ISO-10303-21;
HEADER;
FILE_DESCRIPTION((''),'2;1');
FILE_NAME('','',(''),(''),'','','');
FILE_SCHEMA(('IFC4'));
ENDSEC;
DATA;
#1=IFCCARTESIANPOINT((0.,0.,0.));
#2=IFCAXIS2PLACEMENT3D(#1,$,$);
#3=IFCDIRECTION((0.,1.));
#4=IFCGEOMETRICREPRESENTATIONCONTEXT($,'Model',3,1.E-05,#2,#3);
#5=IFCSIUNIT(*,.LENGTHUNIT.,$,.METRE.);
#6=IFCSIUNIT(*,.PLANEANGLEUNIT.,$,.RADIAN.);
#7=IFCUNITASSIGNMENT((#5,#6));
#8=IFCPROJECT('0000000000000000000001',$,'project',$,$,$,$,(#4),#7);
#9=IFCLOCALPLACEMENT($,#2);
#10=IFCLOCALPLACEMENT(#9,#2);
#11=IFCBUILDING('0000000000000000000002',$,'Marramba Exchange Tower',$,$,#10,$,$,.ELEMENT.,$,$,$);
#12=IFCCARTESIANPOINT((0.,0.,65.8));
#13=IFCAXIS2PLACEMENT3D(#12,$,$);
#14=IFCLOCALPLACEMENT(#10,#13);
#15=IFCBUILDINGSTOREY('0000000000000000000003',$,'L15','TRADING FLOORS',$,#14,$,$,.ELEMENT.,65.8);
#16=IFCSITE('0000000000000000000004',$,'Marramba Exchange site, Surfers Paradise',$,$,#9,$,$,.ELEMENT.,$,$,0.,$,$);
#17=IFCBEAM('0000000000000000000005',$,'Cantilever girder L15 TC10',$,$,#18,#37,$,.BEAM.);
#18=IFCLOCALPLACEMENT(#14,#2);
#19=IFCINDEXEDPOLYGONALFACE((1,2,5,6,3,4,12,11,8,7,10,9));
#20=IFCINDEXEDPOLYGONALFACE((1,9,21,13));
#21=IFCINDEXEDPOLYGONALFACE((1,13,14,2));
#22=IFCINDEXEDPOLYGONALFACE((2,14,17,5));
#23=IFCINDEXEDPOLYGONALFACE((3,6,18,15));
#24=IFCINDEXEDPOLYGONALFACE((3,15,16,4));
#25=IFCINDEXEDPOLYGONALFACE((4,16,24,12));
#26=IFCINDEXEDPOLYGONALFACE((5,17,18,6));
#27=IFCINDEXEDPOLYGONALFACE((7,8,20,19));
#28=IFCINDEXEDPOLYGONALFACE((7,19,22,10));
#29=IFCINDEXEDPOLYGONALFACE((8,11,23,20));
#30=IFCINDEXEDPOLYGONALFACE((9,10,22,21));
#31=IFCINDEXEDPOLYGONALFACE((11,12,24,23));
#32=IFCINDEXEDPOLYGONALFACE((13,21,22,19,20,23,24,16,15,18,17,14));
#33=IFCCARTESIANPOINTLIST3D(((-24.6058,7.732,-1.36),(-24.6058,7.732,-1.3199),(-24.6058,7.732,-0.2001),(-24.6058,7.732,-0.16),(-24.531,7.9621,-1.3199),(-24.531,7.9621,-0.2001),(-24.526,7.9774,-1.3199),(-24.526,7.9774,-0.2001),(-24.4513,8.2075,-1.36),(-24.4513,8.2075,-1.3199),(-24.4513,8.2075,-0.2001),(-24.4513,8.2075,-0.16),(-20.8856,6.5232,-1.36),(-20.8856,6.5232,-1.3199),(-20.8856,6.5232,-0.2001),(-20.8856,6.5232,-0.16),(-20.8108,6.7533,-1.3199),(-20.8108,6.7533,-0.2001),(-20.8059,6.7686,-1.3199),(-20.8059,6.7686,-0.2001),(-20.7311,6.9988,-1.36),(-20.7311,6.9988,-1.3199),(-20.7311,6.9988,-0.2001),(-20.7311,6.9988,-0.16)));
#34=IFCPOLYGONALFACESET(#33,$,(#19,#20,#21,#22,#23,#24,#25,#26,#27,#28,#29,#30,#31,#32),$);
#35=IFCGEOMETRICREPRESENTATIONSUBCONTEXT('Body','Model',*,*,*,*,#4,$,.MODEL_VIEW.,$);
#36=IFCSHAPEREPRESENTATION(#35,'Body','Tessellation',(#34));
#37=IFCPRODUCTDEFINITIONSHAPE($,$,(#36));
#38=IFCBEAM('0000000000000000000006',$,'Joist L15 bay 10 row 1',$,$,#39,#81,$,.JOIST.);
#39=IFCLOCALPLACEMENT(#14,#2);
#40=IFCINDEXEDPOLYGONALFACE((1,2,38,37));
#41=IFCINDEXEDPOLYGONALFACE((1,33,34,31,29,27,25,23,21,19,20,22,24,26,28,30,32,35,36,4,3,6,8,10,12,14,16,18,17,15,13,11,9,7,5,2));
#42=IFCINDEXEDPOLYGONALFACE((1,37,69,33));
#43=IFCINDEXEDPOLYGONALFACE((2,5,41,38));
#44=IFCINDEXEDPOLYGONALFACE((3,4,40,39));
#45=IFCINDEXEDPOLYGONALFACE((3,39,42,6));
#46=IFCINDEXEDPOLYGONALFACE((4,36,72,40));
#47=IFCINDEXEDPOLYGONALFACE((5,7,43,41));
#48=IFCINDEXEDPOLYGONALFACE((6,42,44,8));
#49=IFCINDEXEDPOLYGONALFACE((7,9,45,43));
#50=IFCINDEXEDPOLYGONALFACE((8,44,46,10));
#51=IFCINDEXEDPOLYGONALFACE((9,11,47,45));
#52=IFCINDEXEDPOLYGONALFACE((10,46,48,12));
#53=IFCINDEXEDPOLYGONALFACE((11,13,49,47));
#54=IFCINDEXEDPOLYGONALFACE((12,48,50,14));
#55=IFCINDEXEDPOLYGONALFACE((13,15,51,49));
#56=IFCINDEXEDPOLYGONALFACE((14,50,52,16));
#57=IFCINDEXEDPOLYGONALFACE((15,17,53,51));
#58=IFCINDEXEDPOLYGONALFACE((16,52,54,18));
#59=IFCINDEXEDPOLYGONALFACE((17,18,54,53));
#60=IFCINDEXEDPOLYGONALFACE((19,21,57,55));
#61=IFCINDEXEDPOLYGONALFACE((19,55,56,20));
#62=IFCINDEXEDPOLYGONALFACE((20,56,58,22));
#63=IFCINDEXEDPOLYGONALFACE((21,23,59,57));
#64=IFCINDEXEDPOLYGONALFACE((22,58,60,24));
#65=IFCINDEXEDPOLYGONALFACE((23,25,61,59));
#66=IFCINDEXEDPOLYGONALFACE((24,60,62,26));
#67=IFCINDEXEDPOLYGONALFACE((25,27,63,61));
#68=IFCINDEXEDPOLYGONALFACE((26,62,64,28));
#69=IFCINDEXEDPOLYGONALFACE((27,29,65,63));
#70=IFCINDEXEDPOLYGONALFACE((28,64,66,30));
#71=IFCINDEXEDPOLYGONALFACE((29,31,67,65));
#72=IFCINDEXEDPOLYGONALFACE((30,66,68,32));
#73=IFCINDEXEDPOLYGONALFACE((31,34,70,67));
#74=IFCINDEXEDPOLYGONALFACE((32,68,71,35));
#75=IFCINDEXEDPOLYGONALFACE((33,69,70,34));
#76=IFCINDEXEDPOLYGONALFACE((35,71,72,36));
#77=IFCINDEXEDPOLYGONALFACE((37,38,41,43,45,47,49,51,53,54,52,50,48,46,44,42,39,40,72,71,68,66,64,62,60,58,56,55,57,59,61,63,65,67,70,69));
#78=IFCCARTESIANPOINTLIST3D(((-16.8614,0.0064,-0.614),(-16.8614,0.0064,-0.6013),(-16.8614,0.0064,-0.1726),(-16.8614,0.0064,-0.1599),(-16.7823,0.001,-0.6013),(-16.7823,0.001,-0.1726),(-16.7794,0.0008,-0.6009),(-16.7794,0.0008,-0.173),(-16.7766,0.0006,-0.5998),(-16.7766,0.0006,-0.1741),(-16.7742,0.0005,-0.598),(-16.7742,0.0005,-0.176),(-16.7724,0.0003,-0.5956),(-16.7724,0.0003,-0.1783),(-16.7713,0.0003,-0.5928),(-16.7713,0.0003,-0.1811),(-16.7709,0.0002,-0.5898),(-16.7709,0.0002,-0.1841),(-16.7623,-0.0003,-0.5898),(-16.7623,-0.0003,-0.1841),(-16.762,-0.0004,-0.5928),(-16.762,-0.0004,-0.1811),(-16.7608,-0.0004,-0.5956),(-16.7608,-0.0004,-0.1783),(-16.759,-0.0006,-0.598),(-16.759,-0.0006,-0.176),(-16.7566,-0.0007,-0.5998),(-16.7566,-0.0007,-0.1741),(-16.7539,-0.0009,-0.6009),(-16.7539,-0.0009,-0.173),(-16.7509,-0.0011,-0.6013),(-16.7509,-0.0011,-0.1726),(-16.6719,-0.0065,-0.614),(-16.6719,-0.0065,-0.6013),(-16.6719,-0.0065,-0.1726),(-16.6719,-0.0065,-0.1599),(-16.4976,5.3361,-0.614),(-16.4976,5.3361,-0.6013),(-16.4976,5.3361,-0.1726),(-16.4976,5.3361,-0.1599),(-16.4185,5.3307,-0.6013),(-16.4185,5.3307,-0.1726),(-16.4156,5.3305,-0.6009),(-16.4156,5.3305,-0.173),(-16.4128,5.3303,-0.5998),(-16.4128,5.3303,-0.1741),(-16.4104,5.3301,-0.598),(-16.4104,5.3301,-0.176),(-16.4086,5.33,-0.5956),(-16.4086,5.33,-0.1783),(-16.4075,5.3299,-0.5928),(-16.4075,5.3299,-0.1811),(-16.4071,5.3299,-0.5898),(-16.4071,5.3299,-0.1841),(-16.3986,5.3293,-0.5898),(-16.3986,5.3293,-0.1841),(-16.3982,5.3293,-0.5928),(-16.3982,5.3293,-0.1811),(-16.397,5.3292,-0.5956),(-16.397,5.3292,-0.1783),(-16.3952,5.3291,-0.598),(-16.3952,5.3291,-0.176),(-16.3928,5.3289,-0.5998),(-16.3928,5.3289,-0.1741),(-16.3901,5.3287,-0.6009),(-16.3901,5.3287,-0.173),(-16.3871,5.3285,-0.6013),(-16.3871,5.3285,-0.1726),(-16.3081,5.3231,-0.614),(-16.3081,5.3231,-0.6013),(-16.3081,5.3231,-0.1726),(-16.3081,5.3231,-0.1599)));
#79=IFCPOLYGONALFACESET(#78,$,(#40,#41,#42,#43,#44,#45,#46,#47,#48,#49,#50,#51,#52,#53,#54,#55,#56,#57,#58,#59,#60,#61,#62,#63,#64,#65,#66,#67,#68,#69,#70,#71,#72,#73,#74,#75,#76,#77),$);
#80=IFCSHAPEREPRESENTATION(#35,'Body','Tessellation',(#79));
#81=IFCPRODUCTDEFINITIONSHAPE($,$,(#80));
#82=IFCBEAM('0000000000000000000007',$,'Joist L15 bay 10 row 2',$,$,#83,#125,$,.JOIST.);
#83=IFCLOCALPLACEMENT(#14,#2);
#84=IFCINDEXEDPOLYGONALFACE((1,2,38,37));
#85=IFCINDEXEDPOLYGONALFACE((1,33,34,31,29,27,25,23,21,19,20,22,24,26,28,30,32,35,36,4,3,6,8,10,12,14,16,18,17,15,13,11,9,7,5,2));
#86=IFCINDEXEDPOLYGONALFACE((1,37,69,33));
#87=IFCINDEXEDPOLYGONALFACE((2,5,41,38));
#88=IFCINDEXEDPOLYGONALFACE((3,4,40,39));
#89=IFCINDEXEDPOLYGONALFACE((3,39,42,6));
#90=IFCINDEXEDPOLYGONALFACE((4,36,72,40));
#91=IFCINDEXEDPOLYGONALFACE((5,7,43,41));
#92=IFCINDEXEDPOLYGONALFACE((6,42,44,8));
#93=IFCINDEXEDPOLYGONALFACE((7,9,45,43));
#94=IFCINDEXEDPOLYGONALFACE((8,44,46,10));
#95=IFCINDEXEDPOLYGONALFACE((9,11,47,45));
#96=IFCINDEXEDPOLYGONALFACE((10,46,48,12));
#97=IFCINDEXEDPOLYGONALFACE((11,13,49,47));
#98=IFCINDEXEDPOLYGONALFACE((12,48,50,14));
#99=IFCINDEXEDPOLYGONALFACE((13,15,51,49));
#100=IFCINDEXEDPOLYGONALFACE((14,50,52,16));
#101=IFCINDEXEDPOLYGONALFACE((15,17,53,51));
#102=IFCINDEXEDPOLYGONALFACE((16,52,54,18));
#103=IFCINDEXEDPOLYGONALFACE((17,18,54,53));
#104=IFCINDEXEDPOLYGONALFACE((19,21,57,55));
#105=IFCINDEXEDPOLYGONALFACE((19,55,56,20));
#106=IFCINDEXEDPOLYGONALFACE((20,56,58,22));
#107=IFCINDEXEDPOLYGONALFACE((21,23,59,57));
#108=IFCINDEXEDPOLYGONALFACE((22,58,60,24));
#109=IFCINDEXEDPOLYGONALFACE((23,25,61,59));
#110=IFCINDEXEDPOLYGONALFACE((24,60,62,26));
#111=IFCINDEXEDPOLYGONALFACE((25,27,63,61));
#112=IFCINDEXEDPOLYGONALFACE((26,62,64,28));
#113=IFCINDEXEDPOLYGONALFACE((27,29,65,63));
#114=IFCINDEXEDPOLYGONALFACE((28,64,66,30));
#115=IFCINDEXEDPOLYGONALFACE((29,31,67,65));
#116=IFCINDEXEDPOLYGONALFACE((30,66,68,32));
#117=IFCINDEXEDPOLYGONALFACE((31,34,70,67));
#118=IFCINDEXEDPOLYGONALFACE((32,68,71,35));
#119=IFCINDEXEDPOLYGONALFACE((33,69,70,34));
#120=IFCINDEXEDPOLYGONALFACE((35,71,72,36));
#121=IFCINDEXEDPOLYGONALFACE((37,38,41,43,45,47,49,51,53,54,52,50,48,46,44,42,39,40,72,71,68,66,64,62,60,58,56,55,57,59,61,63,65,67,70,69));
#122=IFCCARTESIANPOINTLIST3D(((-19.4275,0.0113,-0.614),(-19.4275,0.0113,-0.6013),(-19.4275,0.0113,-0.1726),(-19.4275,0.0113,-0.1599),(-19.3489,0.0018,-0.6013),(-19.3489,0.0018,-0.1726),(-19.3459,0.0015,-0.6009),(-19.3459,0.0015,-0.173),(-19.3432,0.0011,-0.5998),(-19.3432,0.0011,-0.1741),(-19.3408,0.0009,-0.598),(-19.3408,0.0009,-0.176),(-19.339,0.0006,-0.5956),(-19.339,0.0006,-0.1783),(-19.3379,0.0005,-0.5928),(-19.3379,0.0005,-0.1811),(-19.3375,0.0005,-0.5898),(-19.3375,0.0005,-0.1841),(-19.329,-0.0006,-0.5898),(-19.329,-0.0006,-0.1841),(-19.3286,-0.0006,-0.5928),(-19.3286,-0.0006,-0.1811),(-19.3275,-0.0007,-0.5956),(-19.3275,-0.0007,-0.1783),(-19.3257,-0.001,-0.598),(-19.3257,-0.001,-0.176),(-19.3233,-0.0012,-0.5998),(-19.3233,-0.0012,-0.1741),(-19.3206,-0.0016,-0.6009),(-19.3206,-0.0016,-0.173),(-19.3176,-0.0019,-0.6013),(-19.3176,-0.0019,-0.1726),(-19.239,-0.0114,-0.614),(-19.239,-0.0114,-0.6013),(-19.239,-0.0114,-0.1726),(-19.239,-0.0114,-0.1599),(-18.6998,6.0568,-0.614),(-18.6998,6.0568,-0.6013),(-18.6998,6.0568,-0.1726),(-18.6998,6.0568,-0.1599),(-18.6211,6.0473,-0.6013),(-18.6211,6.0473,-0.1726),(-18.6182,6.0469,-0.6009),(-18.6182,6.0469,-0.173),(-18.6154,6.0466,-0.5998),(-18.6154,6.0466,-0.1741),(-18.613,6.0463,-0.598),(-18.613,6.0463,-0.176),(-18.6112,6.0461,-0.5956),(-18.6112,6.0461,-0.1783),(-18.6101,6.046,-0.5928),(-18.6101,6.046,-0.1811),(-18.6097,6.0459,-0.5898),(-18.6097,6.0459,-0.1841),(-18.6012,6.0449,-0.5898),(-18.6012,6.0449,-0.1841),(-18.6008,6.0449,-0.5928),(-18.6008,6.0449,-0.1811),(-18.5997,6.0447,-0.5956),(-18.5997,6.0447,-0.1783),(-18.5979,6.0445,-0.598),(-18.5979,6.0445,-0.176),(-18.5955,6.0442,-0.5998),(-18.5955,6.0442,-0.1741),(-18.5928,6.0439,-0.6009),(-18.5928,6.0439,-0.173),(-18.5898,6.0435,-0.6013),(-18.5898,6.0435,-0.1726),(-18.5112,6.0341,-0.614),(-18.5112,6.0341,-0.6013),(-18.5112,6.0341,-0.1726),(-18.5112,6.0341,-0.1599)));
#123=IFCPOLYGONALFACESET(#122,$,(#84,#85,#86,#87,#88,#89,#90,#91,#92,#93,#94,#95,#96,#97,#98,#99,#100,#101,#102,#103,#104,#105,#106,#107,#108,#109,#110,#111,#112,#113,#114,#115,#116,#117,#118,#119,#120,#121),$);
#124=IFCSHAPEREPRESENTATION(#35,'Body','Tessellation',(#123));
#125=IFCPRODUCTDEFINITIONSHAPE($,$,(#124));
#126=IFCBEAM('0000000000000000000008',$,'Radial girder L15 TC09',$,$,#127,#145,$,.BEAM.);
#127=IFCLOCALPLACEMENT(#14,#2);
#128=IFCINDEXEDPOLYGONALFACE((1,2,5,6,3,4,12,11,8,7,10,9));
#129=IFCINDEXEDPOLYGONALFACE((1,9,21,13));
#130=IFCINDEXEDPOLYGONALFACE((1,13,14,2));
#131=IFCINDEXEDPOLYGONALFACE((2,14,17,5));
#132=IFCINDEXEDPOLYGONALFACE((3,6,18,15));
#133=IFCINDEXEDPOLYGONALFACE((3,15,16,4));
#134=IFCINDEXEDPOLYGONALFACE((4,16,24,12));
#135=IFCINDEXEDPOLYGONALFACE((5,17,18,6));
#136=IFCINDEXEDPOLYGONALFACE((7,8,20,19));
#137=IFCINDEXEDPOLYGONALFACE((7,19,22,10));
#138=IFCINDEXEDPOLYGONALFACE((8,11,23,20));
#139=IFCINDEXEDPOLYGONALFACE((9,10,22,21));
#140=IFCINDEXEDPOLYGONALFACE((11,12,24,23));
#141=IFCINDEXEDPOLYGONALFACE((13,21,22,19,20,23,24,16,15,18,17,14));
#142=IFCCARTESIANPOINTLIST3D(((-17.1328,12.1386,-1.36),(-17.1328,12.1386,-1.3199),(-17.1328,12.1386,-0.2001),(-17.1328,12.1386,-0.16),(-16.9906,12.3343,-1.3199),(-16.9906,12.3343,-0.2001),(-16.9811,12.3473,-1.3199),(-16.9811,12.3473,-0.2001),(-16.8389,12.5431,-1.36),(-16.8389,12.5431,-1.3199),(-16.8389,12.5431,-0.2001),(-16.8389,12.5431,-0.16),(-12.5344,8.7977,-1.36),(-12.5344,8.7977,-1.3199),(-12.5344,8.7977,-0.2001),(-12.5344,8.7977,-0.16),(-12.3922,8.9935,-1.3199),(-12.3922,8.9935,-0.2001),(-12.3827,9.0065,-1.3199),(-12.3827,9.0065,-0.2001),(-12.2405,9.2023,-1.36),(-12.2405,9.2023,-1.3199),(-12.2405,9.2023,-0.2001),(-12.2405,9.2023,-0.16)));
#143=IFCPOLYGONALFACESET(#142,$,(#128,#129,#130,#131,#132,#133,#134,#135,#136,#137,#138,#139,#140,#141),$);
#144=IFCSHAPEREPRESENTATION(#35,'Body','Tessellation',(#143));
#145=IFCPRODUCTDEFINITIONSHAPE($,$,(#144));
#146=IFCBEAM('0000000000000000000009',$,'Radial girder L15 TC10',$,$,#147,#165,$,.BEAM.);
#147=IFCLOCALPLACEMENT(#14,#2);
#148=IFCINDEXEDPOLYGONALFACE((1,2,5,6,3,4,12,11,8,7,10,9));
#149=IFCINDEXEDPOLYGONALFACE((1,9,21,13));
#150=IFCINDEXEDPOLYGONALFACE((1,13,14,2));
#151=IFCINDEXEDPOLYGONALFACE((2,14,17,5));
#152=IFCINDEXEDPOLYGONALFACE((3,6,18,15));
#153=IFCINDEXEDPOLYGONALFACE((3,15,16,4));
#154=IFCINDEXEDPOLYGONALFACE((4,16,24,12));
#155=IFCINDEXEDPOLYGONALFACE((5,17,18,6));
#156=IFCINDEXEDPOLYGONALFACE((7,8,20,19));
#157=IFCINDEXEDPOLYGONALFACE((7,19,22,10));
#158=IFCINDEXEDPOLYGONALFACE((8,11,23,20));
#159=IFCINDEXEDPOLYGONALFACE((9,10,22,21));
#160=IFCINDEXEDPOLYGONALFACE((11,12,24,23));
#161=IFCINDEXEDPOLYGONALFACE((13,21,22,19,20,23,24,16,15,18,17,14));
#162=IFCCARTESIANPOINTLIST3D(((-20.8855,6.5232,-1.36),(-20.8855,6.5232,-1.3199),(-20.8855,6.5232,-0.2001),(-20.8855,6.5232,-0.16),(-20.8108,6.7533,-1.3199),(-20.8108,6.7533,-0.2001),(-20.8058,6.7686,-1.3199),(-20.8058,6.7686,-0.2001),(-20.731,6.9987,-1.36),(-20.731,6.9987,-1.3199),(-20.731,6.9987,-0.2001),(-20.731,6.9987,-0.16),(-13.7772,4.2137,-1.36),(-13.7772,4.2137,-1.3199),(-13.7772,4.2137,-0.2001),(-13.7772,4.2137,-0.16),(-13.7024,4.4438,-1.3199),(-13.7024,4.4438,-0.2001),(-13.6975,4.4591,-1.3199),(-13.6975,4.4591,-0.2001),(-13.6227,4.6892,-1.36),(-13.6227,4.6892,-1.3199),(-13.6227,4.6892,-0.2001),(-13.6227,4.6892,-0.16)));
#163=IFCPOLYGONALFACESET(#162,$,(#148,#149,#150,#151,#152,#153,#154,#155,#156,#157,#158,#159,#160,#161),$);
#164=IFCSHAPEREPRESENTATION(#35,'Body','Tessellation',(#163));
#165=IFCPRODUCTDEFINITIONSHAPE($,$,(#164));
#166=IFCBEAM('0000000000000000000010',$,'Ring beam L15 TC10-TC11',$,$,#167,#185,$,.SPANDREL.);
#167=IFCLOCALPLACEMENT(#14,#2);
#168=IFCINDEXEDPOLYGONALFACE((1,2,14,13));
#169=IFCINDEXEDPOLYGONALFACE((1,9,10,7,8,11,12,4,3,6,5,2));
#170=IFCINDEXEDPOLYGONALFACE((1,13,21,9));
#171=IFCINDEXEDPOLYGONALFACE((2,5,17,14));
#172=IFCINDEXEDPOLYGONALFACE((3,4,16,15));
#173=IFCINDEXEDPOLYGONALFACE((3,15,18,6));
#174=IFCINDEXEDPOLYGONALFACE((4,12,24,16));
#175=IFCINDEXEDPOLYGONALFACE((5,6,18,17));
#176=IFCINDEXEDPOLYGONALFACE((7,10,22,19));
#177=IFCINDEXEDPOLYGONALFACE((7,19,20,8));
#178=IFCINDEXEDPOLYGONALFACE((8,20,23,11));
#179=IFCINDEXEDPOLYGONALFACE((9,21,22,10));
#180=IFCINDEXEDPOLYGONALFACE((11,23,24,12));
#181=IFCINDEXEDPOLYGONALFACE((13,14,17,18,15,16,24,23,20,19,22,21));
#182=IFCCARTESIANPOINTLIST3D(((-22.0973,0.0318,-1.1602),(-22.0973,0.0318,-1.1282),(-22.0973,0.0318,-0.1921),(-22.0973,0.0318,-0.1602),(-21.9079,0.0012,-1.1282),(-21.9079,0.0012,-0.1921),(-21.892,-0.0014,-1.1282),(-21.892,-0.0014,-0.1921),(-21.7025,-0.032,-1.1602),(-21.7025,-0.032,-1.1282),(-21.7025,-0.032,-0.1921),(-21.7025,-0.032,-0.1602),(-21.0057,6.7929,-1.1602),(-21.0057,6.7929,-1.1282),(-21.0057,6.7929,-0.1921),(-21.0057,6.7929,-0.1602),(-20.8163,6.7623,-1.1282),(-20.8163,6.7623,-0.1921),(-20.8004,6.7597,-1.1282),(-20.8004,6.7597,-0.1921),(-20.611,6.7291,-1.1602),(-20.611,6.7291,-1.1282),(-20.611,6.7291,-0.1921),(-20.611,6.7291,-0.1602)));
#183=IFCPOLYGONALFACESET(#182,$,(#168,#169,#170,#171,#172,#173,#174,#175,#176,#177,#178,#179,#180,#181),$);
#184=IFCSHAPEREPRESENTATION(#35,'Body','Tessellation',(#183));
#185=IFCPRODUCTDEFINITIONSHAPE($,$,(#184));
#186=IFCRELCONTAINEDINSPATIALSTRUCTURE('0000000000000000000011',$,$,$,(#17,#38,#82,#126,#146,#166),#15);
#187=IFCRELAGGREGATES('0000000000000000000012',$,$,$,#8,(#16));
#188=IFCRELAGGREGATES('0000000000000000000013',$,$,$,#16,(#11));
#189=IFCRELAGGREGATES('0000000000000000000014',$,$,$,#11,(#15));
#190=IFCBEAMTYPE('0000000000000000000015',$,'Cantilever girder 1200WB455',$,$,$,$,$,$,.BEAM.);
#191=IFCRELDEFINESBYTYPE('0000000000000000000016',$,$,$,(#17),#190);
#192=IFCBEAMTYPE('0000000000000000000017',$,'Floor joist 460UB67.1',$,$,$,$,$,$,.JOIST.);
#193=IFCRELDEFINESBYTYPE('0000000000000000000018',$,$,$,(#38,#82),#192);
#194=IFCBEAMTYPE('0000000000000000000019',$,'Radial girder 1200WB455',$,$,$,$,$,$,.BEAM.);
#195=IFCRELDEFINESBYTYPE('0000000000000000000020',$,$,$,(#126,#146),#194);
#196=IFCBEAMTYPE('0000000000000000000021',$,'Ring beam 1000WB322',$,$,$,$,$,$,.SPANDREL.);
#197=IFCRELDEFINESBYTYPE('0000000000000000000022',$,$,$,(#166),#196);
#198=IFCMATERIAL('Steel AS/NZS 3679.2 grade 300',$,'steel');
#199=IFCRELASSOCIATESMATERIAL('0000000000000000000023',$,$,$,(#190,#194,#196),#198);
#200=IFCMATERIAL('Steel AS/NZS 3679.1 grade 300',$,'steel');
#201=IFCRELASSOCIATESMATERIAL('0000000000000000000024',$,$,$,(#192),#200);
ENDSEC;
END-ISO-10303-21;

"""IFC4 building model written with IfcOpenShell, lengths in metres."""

from ifc_helpers import new_model, si_unit, direction, frame, origin, origin_2d, place, context, subcontext, project, spatial, i_section, extrude, material, material_profile, profile_set, type_object, element, save


model = new_model("IFC4")

# Units and contexts
model_context = context("Model", 3, precision=1e-05, world=origin(), true_north=direction((0.0, 1.0)))
body_context = subcontext(model_context, "Body", "Model", "MODEL_VIEW")
ifc_project = project(units=[si_unit("LENGTHUNIT", "METRE"), si_unit("PLANEANGLEUNIT", "RADIAN")], contexts=[model_context])

# Site, building, storey
site_placement = place(None, origin())
site = spatial("IfcSite", under=ifc_project, at=site_placement, Name="Marramba Exchange site, Surfers Paradise", CompositionType="ELEMENT", RefElevation=0.0)
building_placement = place(site_placement, origin())
building = spatial("IfcBuilding", under=site, at=building_placement, Name="Marramba Exchange Tower", CompositionType="ELEMENT")
storey_placement = place(building_placement, frame((0.0, 0.0, 65.8)))
storey = spatial("IfcBuildingStorey", under=building, at=storey_placement, Name="L15", Description="TRADING FLOORS", CompositionType="ELEMENT", Elevation=65.8)

# Beams
ifc_material_1 = material(Name="Steel AS/NZS 3679.2 grade 300", Category="steel")
ifc_material_profile_1 = material_profile(ifc_material_1, i_section(OverallWidth=0.5, OverallDepth=1.2, WebThickness=0.0161, FlangeThickness=0.04, at=origin_2d()), Name="1200WB455")
ifc_profile_set_1 = profile_set([ifc_material_profile_1], Name="Steel AS/NZS 3679.2 grade 300")
beam_type_1 = type_object("IfcBeamType", Name="Cantilever girder 1200WB455", PredefinedType="BEAM", material=ifc_profile_set_1)
beam_1_placement = place(storey_placement, frame((-20.8083, 6.761, -0.76), z_axis=(-0.951059, 0.30901, 0.0), x_axis=(-0.30901, -0.951059, 0.0)))
element("IfcBeam", 1, at=beam_1_placement, inside=storey, type_object=beam_type_1, Name="Cantilever girder L15 TC10", PredefinedType="BEAM", context=body_context, shape_type="SweptSolid", body=[
    extrude(i_section(OverallWidth=0.5, OverallDepth=1.2, WebThickness=0.0161, FlangeThickness=0.04, at=origin_2d()), origin(), (0.0, 0.0, 1.0), 3.9116),
])
ifc_material_2 = material(Name="Steel AS/NZS 3679.1 grade 300", Category="steel")
ifc_material_profile_2 = material_profile(ifc_material_2, i_section(OverallWidth=0.1899, OverallDepth=0.4541, WebThickness=0.0085, FlangeThickness=0.0127, FilletRadius=0.0115, at=origin_2d()), Name="460UB67.1")
ifc_profile_set_2 = profile_set([ifc_material_profile_2], Name="Steel AS/NZS 3679.1 grade 300")
beam_type_2 = type_object("IfcBeamType", Name="Floor joist 460UB67.1", PredefinedType="JOIST", material=ifc_profile_set_2)
beam_2_placement = place(storey_placement, frame((-16.4028, 5.3296, -0.387), z_axis=(-0.068096, -0.997679, 0.0), x_axis=(0.997679, -0.068096, 0.0)))
element("IfcBeam", 2, at=beam_2_placement, inside=storey, type_object=beam_type_2, Name="Joist L15 bay 10 row 1", PredefinedType="JOIST", context=body_context, shape_type="SweptSolid", body=[
    extrude(i_section(OverallWidth=0.1899, OverallDepth=0.4541, WebThickness=0.0085, FlangeThickness=0.0127, FilletRadius=0.0115, at=origin_2d()), origin(), (0.0, 0.0, 1.0), 5.342),
])
beam_3_placement = place(storey_placement, frame((-18.6055, 6.0454, -0.387), z_axis=(-0.119523, -0.992831, 0.0), x_axis=(0.992831, -0.119523, 0.0)))
element("IfcBeam", 3, at=beam_3_placement, inside=storey, type_object=beam_type_2, Name="Joist L15 bay 10 row 2", PredefinedType="JOIST", context=body_context, shape_type="SweptSolid", body=[
    extrude(i_section(OverallWidth=0.1899, OverallDepth=0.4541, WebThickness=0.0085, FlangeThickness=0.0127, FilletRadius=0.0115, at=origin_2d()), origin(), (0.0, 0.0, 1.0), 6.0891),
])
ifc_material_profile_3 = material_profile(ifc_material_1, i_section(OverallWidth=0.5, OverallDepth=1.2, WebThickness=0.0161, FlangeThickness=0.04, at=origin_2d()), Name="1200WB455")
ifc_profile_set_3 = profile_set([ifc_material_profile_3], Name="Steel AS/NZS 3679.2 grade 300")
beam_type_3 = type_object("IfcBeamType", Name="Radial girder 1200WB455", PredefinedType="BEAM", material=ifc_profile_set_3)
beam_4_placement = place(storey_placement, frame((-12.3875, 9.0, -0.76), z_axis=(-0.809026, 0.587773, 0.0), x_axis=(-0.587773, -0.809026, 0.0)))
element("IfcBeam", 4, at=beam_4_placement, inside=storey, type_object=beam_type_3, Name="Radial girder L15 TC09", PredefinedType="BEAM", context=body_context, shape_type="SweptSolid", body=[
    extrude(i_section(OverallWidth=0.5, OverallDepth=1.2, WebThickness=0.0161, FlangeThickness=0.04, at=origin_2d()), origin(), (0.0, 0.0, 1.0), 5.6838),
])
beam_5_placement = place(storey_placement, frame((-13.7, 4.4514, -0.76), z_axis=(-0.95106, 0.309006, 0.0), x_axis=(-0.309006, -0.95106, 0.0)))
element("IfcBeam", 5, at=beam_5_placement, inside=storey, type_object=beam_type_3, Name="Radial girder L15 TC10", PredefinedType="BEAM", context=body_context, shape_type="SweptSolid", body=[
    extrude(i_section(OverallWidth=0.5, OverallDepth=1.2, WebThickness=0.0161, FlangeThickness=0.04, at=origin_2d()), origin(), (0.0, 0.0, 1.0), 7.4741),
])
ifc_material_profile_4 = material_profile(ifc_material_1, i_section(OverallWidth=0.3999, OverallDepth=1.0, WebThickness=0.0161, FlangeThickness=0.032, at=origin_2d()), Name="1000WB322")
ifc_profile_set_4 = profile_set([ifc_material_profile_4], Name="Steel AS/NZS 3679.2 grade 300")
beam_type_4 = type_object("IfcBeamType", Name="Ring beam 1000WB322", PredefinedType="SPANDREL", material=ifc_profile_set_4)
beam_6_placement = place(storey_placement, frame((-20.8083, 6.761, -0.6602), z_axis=(-0.159385, -0.987217, 0.0), x_axis=(0.987217, -0.159385, 0.0)))
element("IfcBeam", 6, at=beam_6_placement, inside=storey, type_object=beam_type_4, Name="Ring beam L15 TC10-TC11", PredefinedType="SPANDREL", context=body_context, shape_type="SweptSolid", body=[
    extrude(i_section(OverallWidth=0.3999, OverallDepth=1.0, WebThickness=0.0161, FlangeThickness=0.032, at=origin_2d()), origin(), (0.0, 0.0, 1.0), 6.8486),
])

save(model, "model.ifc")
